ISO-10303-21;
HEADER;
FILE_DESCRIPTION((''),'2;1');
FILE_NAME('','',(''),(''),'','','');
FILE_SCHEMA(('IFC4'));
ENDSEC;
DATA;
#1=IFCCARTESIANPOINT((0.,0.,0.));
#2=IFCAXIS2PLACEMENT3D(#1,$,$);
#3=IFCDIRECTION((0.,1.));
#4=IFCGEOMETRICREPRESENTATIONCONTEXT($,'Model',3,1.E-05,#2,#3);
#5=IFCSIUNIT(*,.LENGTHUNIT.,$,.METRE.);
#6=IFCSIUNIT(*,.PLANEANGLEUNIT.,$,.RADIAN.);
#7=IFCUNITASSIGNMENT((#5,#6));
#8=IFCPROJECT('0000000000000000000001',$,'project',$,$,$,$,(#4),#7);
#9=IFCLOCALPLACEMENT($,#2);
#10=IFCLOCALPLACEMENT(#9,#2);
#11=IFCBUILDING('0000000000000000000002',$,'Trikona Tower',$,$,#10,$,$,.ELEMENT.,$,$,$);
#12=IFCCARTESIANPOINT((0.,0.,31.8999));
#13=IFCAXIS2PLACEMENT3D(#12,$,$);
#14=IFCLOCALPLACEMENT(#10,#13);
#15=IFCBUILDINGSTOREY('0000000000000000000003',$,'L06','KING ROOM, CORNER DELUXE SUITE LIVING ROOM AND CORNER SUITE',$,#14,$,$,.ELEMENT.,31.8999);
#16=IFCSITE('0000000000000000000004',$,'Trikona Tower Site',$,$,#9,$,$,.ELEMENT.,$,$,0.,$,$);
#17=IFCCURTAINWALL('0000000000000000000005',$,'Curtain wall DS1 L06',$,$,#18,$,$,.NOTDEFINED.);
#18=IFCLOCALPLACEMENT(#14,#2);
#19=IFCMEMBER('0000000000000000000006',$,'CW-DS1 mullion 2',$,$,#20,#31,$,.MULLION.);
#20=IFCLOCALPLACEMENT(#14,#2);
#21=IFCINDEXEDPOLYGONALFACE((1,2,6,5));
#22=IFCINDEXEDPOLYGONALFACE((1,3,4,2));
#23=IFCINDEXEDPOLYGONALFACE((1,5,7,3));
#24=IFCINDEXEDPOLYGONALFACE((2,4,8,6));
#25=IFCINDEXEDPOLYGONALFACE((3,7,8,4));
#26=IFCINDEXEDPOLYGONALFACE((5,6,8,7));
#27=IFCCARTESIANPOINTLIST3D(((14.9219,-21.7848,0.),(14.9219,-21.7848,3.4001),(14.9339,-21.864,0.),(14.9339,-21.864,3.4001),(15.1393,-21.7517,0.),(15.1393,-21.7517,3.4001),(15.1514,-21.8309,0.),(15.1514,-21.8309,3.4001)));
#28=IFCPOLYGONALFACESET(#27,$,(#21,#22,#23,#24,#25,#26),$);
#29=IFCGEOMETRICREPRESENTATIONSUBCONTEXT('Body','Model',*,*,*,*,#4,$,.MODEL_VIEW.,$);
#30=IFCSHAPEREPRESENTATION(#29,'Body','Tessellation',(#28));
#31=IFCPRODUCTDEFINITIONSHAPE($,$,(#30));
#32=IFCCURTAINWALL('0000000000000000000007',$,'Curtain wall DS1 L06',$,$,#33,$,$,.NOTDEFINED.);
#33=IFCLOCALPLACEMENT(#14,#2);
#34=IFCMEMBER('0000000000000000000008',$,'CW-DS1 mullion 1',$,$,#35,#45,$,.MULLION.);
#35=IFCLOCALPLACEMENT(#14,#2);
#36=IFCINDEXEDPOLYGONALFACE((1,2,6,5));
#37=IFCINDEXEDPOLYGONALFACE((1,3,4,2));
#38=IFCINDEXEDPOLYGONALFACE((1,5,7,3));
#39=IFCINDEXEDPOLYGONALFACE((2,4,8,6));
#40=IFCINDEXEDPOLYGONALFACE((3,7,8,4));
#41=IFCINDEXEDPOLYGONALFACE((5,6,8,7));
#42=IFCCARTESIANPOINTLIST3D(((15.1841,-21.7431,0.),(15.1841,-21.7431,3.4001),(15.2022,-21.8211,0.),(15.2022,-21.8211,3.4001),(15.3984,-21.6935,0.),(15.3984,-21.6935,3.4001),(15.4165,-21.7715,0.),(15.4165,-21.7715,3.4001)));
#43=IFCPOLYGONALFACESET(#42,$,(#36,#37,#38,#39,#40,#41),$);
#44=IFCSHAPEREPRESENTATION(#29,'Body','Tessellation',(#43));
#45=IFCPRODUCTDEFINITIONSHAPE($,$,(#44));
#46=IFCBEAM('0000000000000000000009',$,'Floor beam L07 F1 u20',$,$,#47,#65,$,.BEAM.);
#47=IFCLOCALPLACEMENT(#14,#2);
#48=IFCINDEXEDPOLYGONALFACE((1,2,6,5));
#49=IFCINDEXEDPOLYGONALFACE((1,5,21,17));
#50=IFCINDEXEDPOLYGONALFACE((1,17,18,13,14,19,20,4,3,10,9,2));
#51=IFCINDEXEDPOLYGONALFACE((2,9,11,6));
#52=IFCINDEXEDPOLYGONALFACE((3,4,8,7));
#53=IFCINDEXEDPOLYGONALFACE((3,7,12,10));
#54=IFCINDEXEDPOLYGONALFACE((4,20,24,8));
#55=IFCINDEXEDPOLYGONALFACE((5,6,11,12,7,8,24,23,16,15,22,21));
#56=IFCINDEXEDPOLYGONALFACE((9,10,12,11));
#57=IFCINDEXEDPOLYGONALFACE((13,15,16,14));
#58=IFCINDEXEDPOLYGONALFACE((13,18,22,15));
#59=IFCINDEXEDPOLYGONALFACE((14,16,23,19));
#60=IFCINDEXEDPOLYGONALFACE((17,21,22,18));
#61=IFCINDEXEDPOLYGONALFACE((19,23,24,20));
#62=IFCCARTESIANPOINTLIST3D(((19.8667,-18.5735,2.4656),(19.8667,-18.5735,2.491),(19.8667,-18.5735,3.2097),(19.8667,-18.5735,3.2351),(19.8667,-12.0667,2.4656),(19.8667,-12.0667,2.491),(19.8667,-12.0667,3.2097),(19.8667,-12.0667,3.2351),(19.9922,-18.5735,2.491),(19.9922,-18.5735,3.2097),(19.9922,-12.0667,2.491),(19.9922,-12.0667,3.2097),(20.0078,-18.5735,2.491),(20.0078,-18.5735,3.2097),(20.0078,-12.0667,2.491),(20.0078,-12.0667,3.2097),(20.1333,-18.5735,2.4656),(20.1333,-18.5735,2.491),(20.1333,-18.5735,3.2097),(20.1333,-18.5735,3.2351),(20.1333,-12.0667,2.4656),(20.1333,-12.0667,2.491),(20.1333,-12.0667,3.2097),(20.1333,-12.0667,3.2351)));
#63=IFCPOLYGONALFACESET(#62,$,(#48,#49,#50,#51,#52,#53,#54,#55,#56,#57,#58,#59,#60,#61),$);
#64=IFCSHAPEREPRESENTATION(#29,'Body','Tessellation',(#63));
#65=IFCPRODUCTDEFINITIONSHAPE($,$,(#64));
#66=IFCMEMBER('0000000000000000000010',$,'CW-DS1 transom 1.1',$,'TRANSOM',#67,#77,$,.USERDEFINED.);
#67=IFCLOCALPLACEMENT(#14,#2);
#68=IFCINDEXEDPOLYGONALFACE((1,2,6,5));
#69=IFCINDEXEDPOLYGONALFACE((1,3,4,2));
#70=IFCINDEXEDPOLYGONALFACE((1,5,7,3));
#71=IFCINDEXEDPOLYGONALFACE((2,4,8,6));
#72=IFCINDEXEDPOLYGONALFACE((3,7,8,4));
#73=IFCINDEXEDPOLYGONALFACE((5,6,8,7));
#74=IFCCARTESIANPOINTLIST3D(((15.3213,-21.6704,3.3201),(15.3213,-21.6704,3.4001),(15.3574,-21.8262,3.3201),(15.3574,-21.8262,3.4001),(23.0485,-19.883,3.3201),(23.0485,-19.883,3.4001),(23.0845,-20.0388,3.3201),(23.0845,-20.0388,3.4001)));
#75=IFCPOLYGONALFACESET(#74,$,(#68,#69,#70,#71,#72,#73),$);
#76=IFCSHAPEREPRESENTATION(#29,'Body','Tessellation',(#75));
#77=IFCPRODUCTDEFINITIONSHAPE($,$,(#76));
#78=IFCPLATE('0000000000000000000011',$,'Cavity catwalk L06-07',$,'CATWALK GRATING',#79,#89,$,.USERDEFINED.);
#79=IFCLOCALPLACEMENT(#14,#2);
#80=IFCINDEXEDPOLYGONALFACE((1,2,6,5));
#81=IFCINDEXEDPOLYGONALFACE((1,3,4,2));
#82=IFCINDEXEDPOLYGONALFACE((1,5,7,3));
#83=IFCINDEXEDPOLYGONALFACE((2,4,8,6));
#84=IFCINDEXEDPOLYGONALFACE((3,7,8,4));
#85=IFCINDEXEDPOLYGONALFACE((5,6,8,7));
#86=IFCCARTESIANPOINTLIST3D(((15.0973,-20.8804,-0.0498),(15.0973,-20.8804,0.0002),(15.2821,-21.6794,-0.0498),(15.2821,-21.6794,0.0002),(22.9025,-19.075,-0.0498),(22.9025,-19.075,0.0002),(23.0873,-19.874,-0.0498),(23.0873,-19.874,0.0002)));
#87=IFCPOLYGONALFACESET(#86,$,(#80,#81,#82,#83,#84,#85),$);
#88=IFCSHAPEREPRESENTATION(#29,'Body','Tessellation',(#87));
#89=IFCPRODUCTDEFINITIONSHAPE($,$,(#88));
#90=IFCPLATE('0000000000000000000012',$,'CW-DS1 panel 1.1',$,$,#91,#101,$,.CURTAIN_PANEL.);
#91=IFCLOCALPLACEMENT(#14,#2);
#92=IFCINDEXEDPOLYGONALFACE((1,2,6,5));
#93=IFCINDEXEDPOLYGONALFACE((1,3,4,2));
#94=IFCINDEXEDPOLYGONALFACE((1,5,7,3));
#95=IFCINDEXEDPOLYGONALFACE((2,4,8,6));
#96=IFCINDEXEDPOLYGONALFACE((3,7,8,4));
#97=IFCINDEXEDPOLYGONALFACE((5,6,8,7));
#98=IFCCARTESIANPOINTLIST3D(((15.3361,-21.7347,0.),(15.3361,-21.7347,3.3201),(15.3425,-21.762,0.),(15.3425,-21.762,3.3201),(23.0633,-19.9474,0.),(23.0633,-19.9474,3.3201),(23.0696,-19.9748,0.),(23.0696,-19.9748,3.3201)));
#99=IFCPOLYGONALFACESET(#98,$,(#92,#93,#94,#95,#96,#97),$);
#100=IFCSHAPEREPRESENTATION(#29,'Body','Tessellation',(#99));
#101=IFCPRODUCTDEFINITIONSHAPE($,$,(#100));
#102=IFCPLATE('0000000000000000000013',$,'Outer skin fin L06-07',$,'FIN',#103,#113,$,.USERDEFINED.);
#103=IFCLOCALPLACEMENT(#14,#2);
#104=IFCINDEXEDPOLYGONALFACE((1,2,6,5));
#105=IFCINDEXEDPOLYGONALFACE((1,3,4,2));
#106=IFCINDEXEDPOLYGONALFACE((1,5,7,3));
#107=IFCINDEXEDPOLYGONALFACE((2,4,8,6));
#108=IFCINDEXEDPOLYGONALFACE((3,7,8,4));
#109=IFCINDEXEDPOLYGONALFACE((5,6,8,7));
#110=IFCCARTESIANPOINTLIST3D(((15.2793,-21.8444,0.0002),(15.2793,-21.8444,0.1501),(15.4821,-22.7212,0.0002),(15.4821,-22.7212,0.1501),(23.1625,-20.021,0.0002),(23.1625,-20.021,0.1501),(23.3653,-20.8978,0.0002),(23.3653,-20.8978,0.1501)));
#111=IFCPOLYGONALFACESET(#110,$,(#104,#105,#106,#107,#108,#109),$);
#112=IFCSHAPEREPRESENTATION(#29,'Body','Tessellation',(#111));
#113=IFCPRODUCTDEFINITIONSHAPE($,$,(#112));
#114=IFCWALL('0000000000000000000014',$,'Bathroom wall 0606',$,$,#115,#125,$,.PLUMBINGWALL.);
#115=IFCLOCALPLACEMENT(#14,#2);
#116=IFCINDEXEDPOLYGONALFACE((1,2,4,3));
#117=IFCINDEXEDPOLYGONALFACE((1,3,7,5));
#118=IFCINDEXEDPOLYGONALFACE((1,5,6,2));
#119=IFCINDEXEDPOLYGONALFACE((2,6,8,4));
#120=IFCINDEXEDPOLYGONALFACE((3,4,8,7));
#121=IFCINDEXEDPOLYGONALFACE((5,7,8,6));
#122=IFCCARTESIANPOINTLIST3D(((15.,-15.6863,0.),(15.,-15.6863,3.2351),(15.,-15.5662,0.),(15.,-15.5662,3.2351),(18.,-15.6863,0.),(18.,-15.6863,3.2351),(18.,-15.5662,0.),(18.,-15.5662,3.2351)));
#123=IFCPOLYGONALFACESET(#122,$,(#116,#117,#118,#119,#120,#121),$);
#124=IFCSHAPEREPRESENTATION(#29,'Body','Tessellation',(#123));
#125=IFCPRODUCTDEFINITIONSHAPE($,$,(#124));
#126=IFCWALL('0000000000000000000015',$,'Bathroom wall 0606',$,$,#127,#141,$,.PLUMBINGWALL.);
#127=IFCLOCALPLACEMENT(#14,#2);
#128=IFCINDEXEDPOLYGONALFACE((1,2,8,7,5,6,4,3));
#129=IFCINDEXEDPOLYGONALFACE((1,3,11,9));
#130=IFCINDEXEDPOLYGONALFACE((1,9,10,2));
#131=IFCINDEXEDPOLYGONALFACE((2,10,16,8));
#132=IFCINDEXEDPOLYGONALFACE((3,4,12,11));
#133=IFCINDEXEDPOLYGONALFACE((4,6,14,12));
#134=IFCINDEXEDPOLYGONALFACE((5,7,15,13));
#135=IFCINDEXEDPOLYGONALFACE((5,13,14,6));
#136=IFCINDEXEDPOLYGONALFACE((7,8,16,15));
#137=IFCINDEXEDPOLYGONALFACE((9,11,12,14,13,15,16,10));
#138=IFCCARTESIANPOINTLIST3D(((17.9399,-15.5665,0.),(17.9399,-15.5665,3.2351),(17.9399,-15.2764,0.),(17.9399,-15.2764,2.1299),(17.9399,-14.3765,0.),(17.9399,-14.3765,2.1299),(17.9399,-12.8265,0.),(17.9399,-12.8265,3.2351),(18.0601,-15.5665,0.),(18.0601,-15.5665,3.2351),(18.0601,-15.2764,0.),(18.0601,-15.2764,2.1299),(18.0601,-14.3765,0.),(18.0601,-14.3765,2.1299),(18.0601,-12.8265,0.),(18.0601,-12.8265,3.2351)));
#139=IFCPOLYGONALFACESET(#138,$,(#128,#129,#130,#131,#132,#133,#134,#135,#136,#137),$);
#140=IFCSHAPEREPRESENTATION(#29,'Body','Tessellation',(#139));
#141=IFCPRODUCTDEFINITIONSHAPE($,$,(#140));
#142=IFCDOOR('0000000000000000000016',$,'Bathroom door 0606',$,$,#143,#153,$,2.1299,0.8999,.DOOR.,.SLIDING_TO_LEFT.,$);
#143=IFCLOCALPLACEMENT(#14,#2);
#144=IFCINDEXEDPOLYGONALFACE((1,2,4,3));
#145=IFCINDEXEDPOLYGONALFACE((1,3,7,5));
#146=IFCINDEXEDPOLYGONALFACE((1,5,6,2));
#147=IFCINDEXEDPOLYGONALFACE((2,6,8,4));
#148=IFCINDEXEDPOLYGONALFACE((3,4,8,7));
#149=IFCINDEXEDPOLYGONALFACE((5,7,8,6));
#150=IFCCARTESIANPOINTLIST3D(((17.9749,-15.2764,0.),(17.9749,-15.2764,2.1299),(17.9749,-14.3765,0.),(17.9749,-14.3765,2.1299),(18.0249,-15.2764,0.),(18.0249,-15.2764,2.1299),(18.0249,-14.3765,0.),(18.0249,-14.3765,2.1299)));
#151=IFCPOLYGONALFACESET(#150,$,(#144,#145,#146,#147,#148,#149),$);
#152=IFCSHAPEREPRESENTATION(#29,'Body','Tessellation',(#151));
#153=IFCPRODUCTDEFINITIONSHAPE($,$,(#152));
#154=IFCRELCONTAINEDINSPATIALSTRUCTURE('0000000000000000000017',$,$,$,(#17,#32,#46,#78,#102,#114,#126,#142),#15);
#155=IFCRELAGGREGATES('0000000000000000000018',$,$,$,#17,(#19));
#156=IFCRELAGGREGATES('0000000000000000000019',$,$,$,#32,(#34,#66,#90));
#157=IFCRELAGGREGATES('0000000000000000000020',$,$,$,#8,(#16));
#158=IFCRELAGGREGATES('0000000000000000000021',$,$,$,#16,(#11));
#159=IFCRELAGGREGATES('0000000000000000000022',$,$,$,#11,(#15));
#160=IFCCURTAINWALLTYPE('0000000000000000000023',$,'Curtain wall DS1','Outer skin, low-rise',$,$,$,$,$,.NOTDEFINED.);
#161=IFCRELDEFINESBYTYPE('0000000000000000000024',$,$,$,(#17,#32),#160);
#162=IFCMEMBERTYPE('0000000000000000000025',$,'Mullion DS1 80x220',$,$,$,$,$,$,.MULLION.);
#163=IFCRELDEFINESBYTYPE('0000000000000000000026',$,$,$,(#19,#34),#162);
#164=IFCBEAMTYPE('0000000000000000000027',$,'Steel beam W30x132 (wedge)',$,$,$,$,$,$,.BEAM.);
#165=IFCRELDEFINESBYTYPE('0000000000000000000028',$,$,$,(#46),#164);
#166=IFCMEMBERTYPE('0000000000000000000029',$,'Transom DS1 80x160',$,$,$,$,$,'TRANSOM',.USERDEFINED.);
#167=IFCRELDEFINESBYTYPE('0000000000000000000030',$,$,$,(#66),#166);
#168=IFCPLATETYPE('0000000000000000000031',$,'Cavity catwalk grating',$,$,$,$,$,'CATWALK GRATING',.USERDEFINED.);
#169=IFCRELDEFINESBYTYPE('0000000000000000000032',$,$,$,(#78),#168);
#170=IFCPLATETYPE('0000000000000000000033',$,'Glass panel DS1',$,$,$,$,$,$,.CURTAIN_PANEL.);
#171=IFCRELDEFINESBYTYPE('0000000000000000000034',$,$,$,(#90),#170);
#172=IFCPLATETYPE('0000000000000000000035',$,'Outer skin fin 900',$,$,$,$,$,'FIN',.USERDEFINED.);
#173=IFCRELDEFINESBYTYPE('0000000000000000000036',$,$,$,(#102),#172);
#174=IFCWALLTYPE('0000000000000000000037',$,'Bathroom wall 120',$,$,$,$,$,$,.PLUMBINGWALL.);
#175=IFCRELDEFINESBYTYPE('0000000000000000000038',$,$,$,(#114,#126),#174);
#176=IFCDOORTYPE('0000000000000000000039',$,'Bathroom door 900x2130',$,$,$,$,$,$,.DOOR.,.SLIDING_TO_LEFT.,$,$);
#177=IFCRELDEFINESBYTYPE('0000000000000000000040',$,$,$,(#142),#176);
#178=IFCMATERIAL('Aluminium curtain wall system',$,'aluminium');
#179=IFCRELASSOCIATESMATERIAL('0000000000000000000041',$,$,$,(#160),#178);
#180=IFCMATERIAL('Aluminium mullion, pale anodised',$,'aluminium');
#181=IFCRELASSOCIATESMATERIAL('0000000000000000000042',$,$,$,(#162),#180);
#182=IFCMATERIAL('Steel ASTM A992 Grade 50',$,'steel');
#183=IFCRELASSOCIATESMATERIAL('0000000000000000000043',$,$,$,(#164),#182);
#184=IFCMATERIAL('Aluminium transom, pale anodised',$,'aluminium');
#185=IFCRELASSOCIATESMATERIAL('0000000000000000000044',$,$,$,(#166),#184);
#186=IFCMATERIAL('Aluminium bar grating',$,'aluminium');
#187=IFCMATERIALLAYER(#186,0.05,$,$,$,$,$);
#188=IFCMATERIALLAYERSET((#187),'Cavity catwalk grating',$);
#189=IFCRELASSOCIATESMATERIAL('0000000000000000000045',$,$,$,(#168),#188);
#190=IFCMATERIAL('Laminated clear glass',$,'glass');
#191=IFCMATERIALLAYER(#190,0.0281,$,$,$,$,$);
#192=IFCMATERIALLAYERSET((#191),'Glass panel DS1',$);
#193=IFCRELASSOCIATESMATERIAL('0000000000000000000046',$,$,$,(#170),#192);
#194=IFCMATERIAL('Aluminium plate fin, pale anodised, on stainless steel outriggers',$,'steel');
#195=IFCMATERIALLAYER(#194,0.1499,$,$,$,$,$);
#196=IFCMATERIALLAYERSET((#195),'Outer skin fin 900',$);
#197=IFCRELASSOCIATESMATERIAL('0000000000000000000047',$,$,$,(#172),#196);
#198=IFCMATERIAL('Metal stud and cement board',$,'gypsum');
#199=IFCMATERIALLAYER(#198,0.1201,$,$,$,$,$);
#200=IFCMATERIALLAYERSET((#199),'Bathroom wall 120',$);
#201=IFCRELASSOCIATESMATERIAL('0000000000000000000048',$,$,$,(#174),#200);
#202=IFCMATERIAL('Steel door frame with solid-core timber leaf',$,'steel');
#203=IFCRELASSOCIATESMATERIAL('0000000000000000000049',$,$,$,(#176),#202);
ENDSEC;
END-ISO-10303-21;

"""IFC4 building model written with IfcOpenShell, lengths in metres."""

from ifc_helpers import new_model, si_unit, direction, frame, frame_2d, origin, origin_2d, place, context, subcontext, project, spatial, rectangle, i_section, extrude, material, layer, layer_set, material_profile, profile_set, type_object, element, fill, aggregate, save


model = new_model("IFC4")

# Units and contexts
model_context = context("Model", 3, precision=1e-05, world=origin(), true_north=direction((0.0, 1.0)))
body_context = subcontext(model_context, "Body", "Model", "MODEL_VIEW")
ifc_project = project(units=[si_unit("LENGTHUNIT", "METRE"), si_unit("PLANEANGLEUNIT", "RADIAN")], contexts=[model_context])

# Site, building, storey
site_placement = place(None, origin())
site = spatial("IfcSite", under=ifc_project, at=site_placement, Name="Trikona Tower Site", CompositionType="ELEMENT", RefElevation=0.0)
building_placement = place(site_placement, origin())
building = spatial("IfcBuilding", under=site, at=building_placement, Name="Trikona Tower", CompositionType="ELEMENT")
storey_placement = place(building_placement, frame((0.0, 0.0, 31.8999)))
storey = spatial("IfcBuildingStorey", under=building, at=storey_placement, Name="L06", Description="KING ROOM, CORNER DELUXE SUITE LIVING ROOM AND CORNER SUITE", CompositionType="ELEMENT", Elevation=31.8999)

# Curtain walls, members
ifc_material_1 = material(Name="Aluminium curtain wall system", Category="aluminium")
curtain_wall_type = type_object("IfcCurtainWallType", Name="Curtain wall DS1", Description="Outer skin, low-rise", PredefinedType="NOTDEFINED", material=ifc_material_1)
curtain_wall_1_placement = place(storey_placement, origin())
curtain_wall_1 = element("IfcCurtainWall", 1, at=curtain_wall_1_placement, inside=storey, type_object=curtain_wall_type, Name="Curtain wall DS1 L06", PredefinedType="NOTDEFINED")
ifc_material_2 = material(Name="Aluminium mullion, pale anodised", Category="aluminium")
ifc_material_profile_1 = material_profile(ifc_material_2, rectangle(XDim=0.0801, YDim=0.22, at=origin_2d()), Name="MUL-DS1")
ifc_profile_set_1 = profile_set([ifc_material_profile_1], Name="Aluminium mullion, pale anodised")
member_type_1 = type_object("IfcMemberType", Name="Mullion DS1 80x220", PredefinedType="MULLION", material=ifc_profile_set_1)
member_1_placement = place(storey_placement, frame((15.0366, -21.8079, 0.0), z_axis=(0.0, 0.0, 1.0), x_axis=(-0.150438, 0.988619, 0.0)))
member_1 = element("IfcMember", 2, at=member_1_placement, type_object=member_type_1, Name="CW-DS1 mullion 2", PredefinedType="MULLION", context=body_context, shape_type="SweptSolid", body=[
    extrude(rectangle(XDim=0.0801, YDim=0.22, at=origin_2d()), origin(), (0.0, 0.0, 1.0), 3.4001),
])
aggregate(curtain_wall_1, [member_1])
curtain_wall_2_placement = place(storey_placement, origin())
curtain_wall_2 = element("IfcCurtainWall", 3, at=curtain_wall_2_placement, inside=storey, type_object=curtain_wall_type, Name="Curtain wall DS1 L06", PredefinedType="NOTDEFINED")
member_2_placement = place(storey_placement, frame((15.3003, -21.7573, 0.0), z_axis=(0.0, 0.0, 1.0), x_axis=(-0.225343, 0.974279, 0.0)))
member_2 = element("IfcMember", 4, at=member_2_placement, type_object=member_type_1, Name="CW-DS1 mullion 1", PredefinedType="MULLION", context=body_context, shape_type="SweptSolid", body=[
    extrude(rectangle(XDim=0.0801, YDim=0.22, at=origin_2d()), origin(), (0.0, 0.0, 1.0), 3.4001),
])

# Beam
ifc_material_3 = material(Name="Steel ASTM A992 Grade 50", Category="steel")
ifc_material_profile_2 = material_profile(ifc_material_3, i_section(OverallWidth=0.2666, OverallDepth=0.7695, WebThickness=0.0156, FlangeThickness=0.0254, at=origin_2d()), Name="W30X132")
ifc_profile_set_2 = profile_set([ifc_material_profile_2], Name="Steel ASTM A992 Grade 50")
beam_type = type_object("IfcBeamType", Name="Steel beam W30x132 (wedge)", PredefinedType="BEAM", material=ifc_profile_set_2)
beam_placement = place(storey_placement, frame((20.0, -12.0667, 2.8503), z_axis=(0.0, -1.0, 0.0), x_axis=(1.0, 0.0, 0.0)))
element("IfcBeam", 5, at=beam_placement, inside=storey, type_object=beam_type, Name="Floor beam L07 F1 u20", PredefinedType="BEAM", context=body_context, shape_type="SweptSolid", body=[
    extrude(i_section(OverallWidth=0.2666, OverallDepth=0.7695, WebThickness=0.0156, FlangeThickness=0.0254, at=origin_2d()), origin(), (0.0, 0.0, 1.0), 6.5068),
])

# Member
ifc_material_4 = material(Name="Aluminium transom, pale anodised", Category="aluminium")
ifc_material_profile_3 = material_profile(ifc_material_4, rectangle(XDim=0.1599, YDim=0.0801, at=origin_2d()), Name="TRN-DS1")
ifc_profile_set_3 = profile_set([ifc_material_profile_3], Name="Aluminium transom, pale anodised")
member_type_2 = type_object("IfcMemberType", Name="Transom DS1 80x160", ElementType="TRANSOM", PredefinedType="USERDEFINED", material=ifc_profile_set_3)
member_3_placement = place(storey_placement, frame((15.3394, -21.7483, 3.3601), z_axis=(0.974275, 0.225361, 0.0), x_axis=(-0.225361, 0.974275, 0.0)))
member_3 = element("IfcMember", 6, at=member_3_placement, type_object=member_type_2, Name="CW-DS1 transom 1.1", ObjectType="TRANSOM", PredefinedType="USERDEFINED", context=body_context, shape_type="SweptSolid", body=[
    extrude(rectangle(XDim=0.1599, YDim=0.0801, at=origin_2d()), origin(), (0.0, 0.0, 1.0), 7.9312),
])

# Plates
ifc_material_5 = material(Name="Aluminium bar grating", Category="aluminium")
ifc_layer_1 = layer(ifc_material_5, 0.05)
ifc_layer_set_1 = layer_set([ifc_layer_1], Name="Cavity catwalk grating")
plate_type_1 = type_object("IfcPlateType", Name="Cavity catwalk grating", ElementType="CATWALK GRATING", PredefinedType="USERDEFINED", material=ifc_layer_set_1)
plate_1_placement = place(storey_placement, frame((19.0923, -20.3772, -0.0498), z_axis=(0.0, 0.0, 1.0), x_axis=(0.974278, 0.225351, 0.0)))
element("IfcPlate", 7, at=plate_1_placement, inside=storey, type_object=plate_type_1, Name="Cavity catwalk L06-07", ObjectType="CATWALK GRATING", PredefinedType="USERDEFINED", context=body_context, shape_type="SweptSolid", body=[
    extrude(rectangle(XDim=8.0112, YDim=0.8201, at=origin_2d()), origin(), (0.0, 0.0, 1.0), 0.05),
])
ifc_material_6 = material(Name="Laminated clear glass", Category="glass")
ifc_layer_2 = layer(ifc_material_6, 0.0281)
ifc_layer_set_2 = layer_set([ifc_layer_2], Name="Glass panel DS1")
plate_type_2 = type_object("IfcPlateType", Name="Glass panel DS1", PredefinedType="CURTAIN_PANEL", material=ifc_layer_set_2)
plate_2_placement = place(storey_placement, frame((19.2029, -20.8547, 0.0), z_axis=(0.0, 0.0, 1.0), x_axis=(0.974279, 0.225343, 0.0)))
plate_2 = element("IfcPlate", 8, at=plate_2_placement, type_object=plate_type_2, Name="CW-DS1 panel 1.1", PredefinedType="CURTAIN_PANEL", context=body_context, shape_type="SweptSolid", body=[
    extrude(rectangle(XDim=7.9312, YDim=0.0281, at=origin_2d()), origin(), (0.0, 0.0, 1.0), 3.3201),
])
aggregate(curtain_wall_2, [member_2, member_3, plate_2])
ifc_material_7 = material(Name="Aluminium plate fin, pale anodised, on stainless steel outriggers", Category="steel")
ifc_layer_3 = layer(ifc_material_7, 0.1499)
ifc_layer_set_3 = layer_set([ifc_layer_3], Name="Outer skin fin 900")
plate_type_3 = type_object("IfcPlateType", Name="Outer skin fin 900", ElementType="FIN", PredefinedType="USERDEFINED", material=ifc_layer_set_3)
plate_3_placement = place(storey_placement, frame((19.3223, -21.3711, 0.0002), z_axis=(0.0, 0.0, 1.0), x_axis=(0.974278, 0.225351, 0.0)))
element("IfcPlate", 9, at=plate_3_placement, inside=storey, type_object=plate_type_3, Name="Outer skin fin L06-07", ObjectType="FIN", PredefinedType="USERDEFINED", context=body_context, shape_type="SweptSolid", body=[
    extrude(rectangle(XDim=8.0913, YDim=0.8999, at=origin_2d()), origin(), (0.0, 0.0, 1.0), 0.1499),
])

# Wall
ifc_material_8 = material(Name="Metal stud and cement board", Category="gypsum")
ifc_layer_4 = layer(ifc_material_8, 0.1201)
ifc_layer_set_4 = layer_set([ifc_layer_4], Name="Bathroom wall 120")
wall_type_1 = type_object("IfcWallType", Name="Bathroom wall 120", PredefinedType="PLUMBINGWALL", material=ifc_layer_set_4)
wall_1_placement = place(storey_placement, frame((15.0, -15.6262, 0.0), z_axis=(0.0, 0.0, 1.0), x_axis=(1.0, 0.0, 0.0)))
element("IfcWall", 10, at=wall_1_placement, inside=storey, type_object=wall_type_1, Name="Bathroom wall 0606", PredefinedType="PLUMBINGWALL", context=body_context, shape_type="SweptSolid", body=[
    extrude(rectangle(XDim=3.0, YDim=0.1201, at=frame_2d((1.5, 0.0))), origin(), (0.0, 0.0, 1.0), 3.2351),
])

# Wall, opening, door
wall_2_placement = place(storey_placement, frame((18.0, -12.8264, 0.0), z_axis=(0.0, 0.0, 1.0), x_axis=(0.0, -1.0, 0.0)))
wall_2 = element("IfcWall", 11, at=wall_2_placement, inside=storey, type_object=wall_type_1, Name="Bathroom wall 0606", PredefinedType="PLUMBINGWALL", context=body_context, shape_type="SweptSolid", body=[
    extrude(rectangle(XDim=2.74, YDim=0.1201, at=frame_2d((1.3701, 0.0))), origin(), (0.0, 0.0, 1.0), 3.2351),
])
opening_1_placement = place(wall_2_placement, frame((1.55, 0.0, 0.0)))
opening_1 = element("IfcOpeningElement", 12, at=opening_1_placement, cuts=wall_2, PredefinedType="OPENING", context=body_context, shape_type="SweptSolid", body=[
    extrude(rectangle(XDim=0.8999, YDim=2.1299, at=frame_2d((0.45, 1.0649))), frame((0.0, 0.0701, 0.0), z_axis=(0.0, -1.0, 0.0), x_axis=(1.0, 0.0, 0.0)), (0.0, 0.0, 1.0), 0.1401),
])
ifc_material_9 = material(Name="Steel door frame with solid-core timber leaf", Category="steel")
door_type_1 = type_object("IfcDoorType", Name="Bathroom door 900x2130", OperationType="SLIDING_TO_LEFT", PredefinedType="DOOR", material=ifc_material_9)
door_1_placement = place(opening_1_placement, origin())
door_1 = element("IfcDoor", 13, at=door_1_placement, inside=storey, type_object=door_type_1, Name="Bathroom door 0606", OperationType="SLIDING_TO_LEFT", OverallHeight=2.1299, OverallWidth=0.8999, PredefinedType="DOOR", context=body_context, shape_type="SweptSolid", body=[
    extrude(rectangle(XDim=0.8999, YDim=2.1299, at=frame_2d((0.45, 1.0649))), frame((0.0, 0.0249, 0.0), z_axis=(0.0, -1.0, 0.0), x_axis=(1.0, 0.0, 0.0)), (0.0, 0.0, 1.0), 0.05),
])
fill(opening_1, door_1)

save(model, "model.ifc")
